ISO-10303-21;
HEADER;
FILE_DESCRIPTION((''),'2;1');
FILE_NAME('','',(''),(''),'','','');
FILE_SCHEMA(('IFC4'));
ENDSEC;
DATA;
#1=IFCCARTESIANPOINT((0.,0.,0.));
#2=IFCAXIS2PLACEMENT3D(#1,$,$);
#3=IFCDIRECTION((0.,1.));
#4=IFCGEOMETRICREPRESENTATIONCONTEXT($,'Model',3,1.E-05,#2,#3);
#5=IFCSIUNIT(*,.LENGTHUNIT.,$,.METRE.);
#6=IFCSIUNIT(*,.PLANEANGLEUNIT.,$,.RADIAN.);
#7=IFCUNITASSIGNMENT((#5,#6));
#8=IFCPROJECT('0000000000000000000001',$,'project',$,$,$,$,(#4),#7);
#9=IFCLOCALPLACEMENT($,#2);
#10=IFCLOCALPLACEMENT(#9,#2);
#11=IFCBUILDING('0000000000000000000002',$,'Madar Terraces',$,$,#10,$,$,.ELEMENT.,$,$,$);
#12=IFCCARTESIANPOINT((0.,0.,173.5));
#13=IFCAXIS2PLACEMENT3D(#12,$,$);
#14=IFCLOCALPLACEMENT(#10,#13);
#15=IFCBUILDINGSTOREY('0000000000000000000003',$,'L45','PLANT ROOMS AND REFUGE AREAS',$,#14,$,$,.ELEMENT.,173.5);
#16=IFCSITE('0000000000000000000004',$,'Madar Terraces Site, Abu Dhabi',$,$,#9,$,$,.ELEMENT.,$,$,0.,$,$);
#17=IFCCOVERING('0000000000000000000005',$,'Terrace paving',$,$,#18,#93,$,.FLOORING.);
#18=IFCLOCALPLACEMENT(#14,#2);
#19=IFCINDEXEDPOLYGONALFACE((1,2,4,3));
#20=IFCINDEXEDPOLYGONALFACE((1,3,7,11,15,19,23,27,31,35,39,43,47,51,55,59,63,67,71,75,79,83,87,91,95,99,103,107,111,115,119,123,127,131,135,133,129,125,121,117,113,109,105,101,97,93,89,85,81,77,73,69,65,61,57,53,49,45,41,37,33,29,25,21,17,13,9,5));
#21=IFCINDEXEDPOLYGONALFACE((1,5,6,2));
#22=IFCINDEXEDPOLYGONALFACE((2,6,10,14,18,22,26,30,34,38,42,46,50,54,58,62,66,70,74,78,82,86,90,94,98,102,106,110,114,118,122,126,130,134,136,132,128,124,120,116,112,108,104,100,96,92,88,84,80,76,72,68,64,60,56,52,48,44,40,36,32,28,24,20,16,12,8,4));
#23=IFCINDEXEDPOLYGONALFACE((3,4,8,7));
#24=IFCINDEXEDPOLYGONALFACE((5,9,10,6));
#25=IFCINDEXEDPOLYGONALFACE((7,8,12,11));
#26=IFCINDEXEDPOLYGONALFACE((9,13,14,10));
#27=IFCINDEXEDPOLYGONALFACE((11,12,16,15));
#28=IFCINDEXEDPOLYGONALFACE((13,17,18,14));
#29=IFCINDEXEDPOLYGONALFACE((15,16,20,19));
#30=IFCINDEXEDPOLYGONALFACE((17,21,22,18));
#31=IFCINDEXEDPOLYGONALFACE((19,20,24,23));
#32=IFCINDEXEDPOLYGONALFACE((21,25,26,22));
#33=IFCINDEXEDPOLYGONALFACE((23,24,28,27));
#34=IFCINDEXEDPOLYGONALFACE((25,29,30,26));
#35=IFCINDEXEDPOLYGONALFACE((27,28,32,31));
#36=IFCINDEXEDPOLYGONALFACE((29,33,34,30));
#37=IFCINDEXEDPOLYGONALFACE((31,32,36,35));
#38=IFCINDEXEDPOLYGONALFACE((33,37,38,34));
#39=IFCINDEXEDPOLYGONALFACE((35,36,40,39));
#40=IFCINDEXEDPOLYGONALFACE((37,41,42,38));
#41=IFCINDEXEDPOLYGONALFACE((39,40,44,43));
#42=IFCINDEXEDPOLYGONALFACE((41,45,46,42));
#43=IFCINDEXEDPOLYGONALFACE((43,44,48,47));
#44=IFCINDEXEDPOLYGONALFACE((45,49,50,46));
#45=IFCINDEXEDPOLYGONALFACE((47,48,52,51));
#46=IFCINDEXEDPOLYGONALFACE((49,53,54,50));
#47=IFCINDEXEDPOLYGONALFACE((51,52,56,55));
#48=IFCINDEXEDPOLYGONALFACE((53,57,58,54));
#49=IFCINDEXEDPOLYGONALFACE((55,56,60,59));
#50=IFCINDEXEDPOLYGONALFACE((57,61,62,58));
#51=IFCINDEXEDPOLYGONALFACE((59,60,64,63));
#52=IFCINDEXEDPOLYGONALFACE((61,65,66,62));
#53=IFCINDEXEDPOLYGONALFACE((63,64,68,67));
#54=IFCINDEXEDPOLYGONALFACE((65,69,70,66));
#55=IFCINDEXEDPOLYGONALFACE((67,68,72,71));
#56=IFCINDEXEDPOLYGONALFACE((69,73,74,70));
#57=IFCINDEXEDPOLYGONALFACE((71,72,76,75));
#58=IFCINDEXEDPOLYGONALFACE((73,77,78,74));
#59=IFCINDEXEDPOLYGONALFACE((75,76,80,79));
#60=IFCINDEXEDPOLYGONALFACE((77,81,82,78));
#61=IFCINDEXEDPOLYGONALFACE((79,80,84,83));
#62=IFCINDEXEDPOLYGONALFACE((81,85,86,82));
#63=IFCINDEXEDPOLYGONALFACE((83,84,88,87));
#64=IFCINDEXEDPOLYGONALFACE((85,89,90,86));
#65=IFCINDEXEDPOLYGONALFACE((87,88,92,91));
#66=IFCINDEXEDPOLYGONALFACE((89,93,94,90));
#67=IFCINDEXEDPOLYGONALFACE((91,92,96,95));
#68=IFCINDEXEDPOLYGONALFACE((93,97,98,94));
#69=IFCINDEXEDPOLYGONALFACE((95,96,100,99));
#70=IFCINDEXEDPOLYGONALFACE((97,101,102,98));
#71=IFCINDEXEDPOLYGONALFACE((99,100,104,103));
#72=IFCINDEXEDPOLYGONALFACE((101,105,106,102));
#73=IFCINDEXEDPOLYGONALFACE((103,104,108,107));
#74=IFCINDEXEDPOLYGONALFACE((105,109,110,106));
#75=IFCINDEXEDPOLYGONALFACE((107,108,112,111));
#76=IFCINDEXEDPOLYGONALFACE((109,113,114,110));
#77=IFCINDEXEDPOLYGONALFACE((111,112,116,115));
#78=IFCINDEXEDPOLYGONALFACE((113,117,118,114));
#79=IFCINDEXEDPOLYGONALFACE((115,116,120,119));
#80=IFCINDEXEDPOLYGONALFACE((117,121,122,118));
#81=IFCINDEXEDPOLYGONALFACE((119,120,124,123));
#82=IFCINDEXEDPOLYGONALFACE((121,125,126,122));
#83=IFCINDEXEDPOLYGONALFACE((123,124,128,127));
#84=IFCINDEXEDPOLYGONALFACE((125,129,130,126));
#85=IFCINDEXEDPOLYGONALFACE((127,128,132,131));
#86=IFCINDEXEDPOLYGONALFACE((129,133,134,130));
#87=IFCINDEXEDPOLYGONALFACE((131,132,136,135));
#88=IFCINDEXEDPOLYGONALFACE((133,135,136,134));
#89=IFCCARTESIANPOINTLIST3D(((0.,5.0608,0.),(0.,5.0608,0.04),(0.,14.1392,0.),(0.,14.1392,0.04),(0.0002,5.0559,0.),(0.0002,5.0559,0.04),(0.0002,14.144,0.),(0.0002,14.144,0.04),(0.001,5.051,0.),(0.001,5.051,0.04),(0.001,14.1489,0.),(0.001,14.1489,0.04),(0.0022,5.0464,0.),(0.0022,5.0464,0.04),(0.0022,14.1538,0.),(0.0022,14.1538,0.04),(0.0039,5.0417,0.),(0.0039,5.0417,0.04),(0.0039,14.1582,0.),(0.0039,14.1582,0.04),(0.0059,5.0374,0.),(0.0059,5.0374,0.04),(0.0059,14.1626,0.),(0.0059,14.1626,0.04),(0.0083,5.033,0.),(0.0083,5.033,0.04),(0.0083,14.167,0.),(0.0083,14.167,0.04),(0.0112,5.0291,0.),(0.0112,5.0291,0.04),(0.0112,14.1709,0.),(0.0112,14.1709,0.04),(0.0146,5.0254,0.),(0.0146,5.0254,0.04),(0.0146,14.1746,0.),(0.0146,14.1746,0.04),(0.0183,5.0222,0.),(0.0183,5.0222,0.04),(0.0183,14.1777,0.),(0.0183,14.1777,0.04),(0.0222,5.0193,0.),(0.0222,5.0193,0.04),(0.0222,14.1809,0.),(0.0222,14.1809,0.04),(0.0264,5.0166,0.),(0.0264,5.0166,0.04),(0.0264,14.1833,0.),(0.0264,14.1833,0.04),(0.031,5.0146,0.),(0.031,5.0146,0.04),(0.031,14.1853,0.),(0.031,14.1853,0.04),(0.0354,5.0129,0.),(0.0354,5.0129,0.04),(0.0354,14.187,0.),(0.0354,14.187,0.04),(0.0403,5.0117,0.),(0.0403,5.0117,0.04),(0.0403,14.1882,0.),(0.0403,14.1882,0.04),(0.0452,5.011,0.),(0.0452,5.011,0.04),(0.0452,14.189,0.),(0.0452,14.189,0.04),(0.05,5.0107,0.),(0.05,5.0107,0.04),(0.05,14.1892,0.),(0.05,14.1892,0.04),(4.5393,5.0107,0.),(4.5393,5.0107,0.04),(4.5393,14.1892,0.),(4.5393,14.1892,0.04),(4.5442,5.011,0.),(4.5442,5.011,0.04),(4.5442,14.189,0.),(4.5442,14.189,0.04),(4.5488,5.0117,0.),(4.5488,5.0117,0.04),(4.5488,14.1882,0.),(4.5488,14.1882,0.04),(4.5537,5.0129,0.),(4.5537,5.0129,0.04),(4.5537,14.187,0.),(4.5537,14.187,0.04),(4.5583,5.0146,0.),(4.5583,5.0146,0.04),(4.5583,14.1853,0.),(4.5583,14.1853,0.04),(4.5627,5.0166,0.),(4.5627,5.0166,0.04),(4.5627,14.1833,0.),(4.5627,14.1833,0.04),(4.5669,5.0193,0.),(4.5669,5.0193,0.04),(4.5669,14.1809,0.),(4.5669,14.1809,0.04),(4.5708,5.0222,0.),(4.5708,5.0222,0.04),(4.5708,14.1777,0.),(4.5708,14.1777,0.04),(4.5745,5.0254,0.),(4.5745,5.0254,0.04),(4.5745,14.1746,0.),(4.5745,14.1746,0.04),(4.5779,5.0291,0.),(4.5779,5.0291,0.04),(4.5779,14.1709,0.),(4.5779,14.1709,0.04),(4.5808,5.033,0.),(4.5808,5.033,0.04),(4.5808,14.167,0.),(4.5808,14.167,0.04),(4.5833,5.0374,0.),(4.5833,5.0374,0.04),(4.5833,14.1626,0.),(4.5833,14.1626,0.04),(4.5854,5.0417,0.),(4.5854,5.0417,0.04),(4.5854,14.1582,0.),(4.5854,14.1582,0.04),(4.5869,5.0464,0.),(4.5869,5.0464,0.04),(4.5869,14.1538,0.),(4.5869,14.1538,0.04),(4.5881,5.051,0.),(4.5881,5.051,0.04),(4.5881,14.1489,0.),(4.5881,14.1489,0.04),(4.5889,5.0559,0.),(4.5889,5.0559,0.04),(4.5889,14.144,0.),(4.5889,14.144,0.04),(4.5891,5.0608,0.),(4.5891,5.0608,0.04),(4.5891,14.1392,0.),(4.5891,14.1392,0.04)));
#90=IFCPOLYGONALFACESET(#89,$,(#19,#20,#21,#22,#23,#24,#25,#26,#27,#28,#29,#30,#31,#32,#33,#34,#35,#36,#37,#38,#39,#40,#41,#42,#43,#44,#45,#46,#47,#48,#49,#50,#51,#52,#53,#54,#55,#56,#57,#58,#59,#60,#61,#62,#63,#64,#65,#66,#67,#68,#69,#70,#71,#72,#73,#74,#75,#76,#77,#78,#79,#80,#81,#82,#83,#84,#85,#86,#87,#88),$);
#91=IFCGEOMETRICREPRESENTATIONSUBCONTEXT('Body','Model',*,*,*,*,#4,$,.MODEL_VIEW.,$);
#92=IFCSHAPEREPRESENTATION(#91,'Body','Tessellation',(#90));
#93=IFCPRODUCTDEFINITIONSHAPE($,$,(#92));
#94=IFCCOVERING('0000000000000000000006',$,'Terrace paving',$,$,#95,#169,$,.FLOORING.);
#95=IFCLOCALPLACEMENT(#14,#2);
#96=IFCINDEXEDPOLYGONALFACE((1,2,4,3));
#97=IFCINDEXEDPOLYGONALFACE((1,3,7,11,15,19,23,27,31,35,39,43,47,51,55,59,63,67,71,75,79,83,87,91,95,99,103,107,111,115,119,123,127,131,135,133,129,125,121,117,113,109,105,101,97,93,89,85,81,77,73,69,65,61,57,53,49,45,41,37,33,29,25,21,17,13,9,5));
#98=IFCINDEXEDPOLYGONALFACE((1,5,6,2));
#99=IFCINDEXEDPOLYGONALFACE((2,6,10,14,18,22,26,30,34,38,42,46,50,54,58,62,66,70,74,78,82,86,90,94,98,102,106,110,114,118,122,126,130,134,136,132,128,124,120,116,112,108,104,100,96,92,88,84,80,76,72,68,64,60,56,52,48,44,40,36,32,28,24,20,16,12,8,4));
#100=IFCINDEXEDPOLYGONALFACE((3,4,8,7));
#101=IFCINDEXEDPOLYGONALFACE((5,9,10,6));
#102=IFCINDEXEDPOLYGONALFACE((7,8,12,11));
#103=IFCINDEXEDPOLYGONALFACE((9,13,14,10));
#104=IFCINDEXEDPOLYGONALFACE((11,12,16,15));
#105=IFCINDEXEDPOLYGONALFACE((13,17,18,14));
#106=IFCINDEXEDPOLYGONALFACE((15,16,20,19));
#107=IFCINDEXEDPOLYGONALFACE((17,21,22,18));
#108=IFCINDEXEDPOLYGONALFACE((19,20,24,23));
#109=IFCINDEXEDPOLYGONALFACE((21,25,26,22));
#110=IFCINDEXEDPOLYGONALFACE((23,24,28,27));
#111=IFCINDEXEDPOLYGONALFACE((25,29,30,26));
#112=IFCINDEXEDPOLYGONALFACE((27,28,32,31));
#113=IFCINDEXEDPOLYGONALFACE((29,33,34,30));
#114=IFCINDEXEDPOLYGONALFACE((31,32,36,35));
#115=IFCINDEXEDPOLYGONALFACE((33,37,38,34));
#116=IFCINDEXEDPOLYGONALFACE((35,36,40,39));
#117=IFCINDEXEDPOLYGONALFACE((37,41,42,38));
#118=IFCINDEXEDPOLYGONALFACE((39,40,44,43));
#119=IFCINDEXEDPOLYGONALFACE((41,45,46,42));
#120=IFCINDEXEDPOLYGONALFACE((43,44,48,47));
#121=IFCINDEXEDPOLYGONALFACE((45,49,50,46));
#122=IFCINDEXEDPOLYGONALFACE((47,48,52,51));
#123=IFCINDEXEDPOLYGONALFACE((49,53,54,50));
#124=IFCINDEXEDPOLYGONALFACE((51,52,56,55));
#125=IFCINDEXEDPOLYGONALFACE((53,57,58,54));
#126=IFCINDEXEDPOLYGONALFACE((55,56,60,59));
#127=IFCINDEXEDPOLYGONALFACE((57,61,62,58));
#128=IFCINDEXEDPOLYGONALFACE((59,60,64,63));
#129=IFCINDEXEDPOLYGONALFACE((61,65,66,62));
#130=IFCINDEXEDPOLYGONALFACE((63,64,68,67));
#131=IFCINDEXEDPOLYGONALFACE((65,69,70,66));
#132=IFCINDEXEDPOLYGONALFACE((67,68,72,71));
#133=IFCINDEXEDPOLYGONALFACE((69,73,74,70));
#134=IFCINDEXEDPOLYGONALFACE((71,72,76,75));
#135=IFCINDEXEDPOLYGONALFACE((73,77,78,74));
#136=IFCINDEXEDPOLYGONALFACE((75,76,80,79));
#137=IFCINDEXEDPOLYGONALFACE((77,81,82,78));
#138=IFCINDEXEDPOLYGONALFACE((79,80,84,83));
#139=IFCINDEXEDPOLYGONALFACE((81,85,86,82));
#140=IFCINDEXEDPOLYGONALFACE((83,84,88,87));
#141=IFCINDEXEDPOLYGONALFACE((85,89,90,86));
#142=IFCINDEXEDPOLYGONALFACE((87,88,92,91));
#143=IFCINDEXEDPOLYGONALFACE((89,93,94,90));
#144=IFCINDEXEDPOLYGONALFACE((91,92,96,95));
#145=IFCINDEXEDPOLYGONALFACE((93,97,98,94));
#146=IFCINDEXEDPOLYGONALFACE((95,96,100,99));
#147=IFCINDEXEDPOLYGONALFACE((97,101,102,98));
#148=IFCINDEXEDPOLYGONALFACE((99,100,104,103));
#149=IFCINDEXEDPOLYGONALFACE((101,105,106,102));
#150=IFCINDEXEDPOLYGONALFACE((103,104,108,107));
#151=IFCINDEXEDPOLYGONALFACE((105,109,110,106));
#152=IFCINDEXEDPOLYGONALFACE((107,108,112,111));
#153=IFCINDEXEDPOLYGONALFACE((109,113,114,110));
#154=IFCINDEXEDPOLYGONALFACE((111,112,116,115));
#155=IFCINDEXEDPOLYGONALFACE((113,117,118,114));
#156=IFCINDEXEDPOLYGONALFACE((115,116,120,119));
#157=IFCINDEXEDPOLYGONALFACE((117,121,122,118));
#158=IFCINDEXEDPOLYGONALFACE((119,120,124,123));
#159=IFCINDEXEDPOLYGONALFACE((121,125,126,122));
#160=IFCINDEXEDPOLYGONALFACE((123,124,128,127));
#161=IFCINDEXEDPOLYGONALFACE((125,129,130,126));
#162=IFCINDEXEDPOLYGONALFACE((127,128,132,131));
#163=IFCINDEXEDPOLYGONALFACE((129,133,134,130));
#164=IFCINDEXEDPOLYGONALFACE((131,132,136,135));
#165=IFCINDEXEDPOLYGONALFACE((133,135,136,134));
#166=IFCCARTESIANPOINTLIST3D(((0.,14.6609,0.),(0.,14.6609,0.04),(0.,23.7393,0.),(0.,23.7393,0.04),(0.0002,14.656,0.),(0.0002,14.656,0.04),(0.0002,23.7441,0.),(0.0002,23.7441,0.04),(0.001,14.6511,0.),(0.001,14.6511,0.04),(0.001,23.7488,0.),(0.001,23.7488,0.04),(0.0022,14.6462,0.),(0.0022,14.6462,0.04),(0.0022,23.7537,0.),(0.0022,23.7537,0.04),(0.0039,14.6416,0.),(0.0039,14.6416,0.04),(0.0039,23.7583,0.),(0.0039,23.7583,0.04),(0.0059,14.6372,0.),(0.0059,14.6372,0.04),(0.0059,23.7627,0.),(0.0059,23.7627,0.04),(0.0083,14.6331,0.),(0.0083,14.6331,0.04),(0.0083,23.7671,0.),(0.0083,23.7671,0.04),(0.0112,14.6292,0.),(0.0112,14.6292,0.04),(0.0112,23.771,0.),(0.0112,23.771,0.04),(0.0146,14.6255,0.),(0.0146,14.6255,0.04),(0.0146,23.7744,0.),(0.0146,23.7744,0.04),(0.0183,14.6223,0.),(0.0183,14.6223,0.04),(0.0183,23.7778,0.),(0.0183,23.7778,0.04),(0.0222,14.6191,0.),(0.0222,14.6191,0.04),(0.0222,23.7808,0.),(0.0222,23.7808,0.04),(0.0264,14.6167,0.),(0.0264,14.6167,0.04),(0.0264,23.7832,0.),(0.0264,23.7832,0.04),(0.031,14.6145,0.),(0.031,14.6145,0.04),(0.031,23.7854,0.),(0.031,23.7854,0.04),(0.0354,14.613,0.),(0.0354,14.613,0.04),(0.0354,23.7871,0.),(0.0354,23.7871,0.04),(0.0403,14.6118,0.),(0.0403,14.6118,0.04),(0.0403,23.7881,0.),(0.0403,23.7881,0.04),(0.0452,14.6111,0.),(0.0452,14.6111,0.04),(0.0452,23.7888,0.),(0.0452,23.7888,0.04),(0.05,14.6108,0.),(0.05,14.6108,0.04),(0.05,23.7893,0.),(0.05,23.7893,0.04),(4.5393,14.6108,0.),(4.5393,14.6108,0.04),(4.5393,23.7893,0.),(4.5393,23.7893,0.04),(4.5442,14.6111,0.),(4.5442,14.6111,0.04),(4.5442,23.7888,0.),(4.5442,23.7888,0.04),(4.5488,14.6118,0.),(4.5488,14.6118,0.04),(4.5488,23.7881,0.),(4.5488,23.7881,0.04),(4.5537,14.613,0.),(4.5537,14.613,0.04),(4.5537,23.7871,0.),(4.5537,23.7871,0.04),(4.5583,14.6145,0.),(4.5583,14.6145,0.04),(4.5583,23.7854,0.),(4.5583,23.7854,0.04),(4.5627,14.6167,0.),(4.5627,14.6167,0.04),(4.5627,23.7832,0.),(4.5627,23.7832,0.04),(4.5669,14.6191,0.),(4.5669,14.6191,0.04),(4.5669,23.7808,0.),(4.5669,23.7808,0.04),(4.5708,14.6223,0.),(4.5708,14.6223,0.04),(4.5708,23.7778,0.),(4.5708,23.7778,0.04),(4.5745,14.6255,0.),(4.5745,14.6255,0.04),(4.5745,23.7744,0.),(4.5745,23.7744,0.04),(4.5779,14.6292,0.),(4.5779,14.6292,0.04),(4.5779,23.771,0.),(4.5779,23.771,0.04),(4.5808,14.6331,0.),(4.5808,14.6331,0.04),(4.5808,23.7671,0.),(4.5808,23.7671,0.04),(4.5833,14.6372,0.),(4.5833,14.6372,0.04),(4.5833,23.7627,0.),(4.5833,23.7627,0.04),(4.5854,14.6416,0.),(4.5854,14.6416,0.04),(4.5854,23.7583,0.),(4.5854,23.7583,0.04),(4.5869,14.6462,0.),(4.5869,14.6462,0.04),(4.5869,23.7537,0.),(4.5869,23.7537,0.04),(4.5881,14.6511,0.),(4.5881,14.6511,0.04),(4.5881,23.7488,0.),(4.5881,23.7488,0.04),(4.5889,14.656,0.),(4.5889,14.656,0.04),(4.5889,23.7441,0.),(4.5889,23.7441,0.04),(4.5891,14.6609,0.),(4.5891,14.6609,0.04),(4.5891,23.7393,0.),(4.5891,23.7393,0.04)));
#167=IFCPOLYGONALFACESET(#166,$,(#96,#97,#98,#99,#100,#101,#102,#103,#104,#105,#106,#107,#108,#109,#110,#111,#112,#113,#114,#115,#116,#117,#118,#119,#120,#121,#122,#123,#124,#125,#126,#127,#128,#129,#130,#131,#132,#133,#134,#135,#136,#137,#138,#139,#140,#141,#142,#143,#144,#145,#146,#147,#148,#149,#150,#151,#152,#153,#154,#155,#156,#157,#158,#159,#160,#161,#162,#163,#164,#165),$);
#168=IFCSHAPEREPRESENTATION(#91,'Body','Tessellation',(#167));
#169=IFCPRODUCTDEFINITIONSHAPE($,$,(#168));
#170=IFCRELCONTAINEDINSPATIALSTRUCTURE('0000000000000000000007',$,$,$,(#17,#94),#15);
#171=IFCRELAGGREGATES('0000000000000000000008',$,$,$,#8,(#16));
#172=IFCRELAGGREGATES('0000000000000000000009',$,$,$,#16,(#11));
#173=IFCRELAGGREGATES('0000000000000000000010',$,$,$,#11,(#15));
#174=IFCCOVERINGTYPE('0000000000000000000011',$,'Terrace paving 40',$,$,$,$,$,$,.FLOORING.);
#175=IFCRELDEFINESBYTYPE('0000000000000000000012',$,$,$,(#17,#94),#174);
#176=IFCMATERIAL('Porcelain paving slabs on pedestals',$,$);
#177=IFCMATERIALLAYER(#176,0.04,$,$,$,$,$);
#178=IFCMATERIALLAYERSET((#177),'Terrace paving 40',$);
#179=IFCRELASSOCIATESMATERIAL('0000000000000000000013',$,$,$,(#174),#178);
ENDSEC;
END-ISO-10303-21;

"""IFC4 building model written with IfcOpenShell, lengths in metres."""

from ifc_helpers import new_model, si_unit, direction, frame, origin, place, context, subcontext, project, spatial, polyline, outline, extrude, material, layer, layer_set, type_object, element, save


model = new_model("IFC4")

# Units and contexts
model_context = context("Model", 3, precision=1e-05, world=origin(), true_north=direction((0.0, 1.0)))
body_context = subcontext(model_context, "Body", "Model", "MODEL_VIEW")
ifc_project = project(units=[si_unit("LENGTHUNIT", "METRE"), si_unit("PLANEANGLEUNIT", "RADIAN")], contexts=[model_context])

# Site, building, storey
site_placement = place(None, origin())
site = spatial("IfcSite", under=ifc_project, at=site_placement, Name="Madar Terraces Site, Abu Dhabi", CompositionType="ELEMENT", RefElevation=0.0)
building_placement = place(site_placement, origin())
building = spatial("IfcBuilding", under=site, at=building_placement, Name="Madar Terraces", CompositionType="ELEMENT")
storey_placement = place(building_placement, frame((0.0, 0.0, 173.5)))
storey = spatial("IfcBuildingStorey", under=building, at=storey_placement, Name="L45", Description="PLANT ROOMS AND REFUGE AREAS", CompositionType="ELEMENT", Elevation=173.5)

# Coverings
ifc_material_1 = material(Name="Porcelain paving slabs on pedestals")
ifc_layer_1 = layer(ifc_material_1, 0.04)
ifc_layer_set_1 = layer_set([ifc_layer_1], Name="Terrace paving 40")
covering_type = type_object("IfcCoveringType", Name="Terrace paving 40", PredefinedType="FLOORING", material=ifc_layer_set_1)
covering_1_placement = place(storey_placement, origin())
element("IfcCovering", 1, at=covering_1_placement, inside=storey, type_object=covering_type, Name="Terrace paving", PredefinedType="FLOORING", context=body_context, shape_type="SweptSolid", body=[
    extrude(outline(polyline([(0.0022, 14.1538), (0.0039, 14.1582), (0.0059, 14.1626), (0.0083, 14.167), (0.0112, 14.1709), (0.0146, 14.1746), (0.0183, 14.1777), (0.0222, 14.1809), (0.0264, 14.1833), (0.031, 14.1853), (0.0354, 14.187), (0.0403, 14.1882), (0.0452, 14.189), (0.05, 14.1892), (4.5393, 14.1892), (4.5442, 14.189), (4.5488, 14.1882), (4.5537, 14.187), (4.5583, 14.1853), (4.5627, 14.1833), (4.5669, 14.1809), (4.5708, 14.1777), (4.5745, 14.1746), (4.5779, 14.1709), (4.5808, 14.167), (4.5833, 14.1626), (4.5854, 14.1582), (4.5869, 14.1538), (4.5881, 14.1489), (4.5889, 14.144), (4.5891, 14.1392), (4.5891, 5.0608), (4.5889, 5.0559), (4.5881, 5.051), (4.5869, 5.0464), (4.5854, 5.0417), (4.5833, 5.0374), (4.5808, 5.033), (4.5779, 5.0291), (4.5745, 5.0254), (4.5708, 5.0222), (4.5669, 5.0193), (4.5627, 5.0166), (4.5583, 5.0146), (4.5537, 5.0129), (4.5488, 5.0117), (4.5442, 5.011), (4.5393, 5.0107), (0.05, 5.0107), (0.0452, 5.011), (0.0403, 5.0117), (0.0354, 5.0129), (0.031, 5.0146), (0.0264, 5.0166), (0.0222, 5.0193), (0.0183, 5.0222), (0.0146, 5.0254), (0.0112, 5.0291), (0.0083, 5.033), (0.0059, 5.0374), (0.0039, 5.0417), (0.0022, 5.0464), (0.001, 5.051), (0.0002, 5.0559), (0.0, 5.0608), (0.0, 14.1392), (0.0002, 14.144), (0.001, 14.1489), (0.0022, 14.1538)])), origin(), (0.0, 0.0, 1.0), 0.04),
])
covering_2_placement = place(storey_placement, origin())
element("IfcCovering", 2, at=covering_2_placement, inside=storey, type_object=covering_type, Name="Terrace paving", PredefinedType="FLOORING", context=body_context, shape_type="SweptSolid", body=[
    extrude(outline(polyline([(0.0022, 23.7537), (0.0039, 23.7583), (0.0059, 23.7627), (0.0083, 23.7671), (0.0112, 23.771), (0.0146, 23.7744), (0.0183, 23.7778), (0.0222, 23.7808), (0.0264, 23.7832), (0.031, 23.7854), (0.0354, 23.7871), (0.0403, 23.7881), (0.0452, 23.7888), (0.05, 23.7893), (4.5393, 23.7893), (4.5442, 23.7888), (4.5488, 23.7881), (4.5537, 23.7871), (4.5583, 23.7854), (4.5627, 23.7832), (4.5669, 23.7808), (4.5708, 23.7778), (4.5745, 23.7744), (4.5779, 23.771), (4.5808, 23.7671), (4.5833, 23.7627), (4.5854, 23.7583), (4.5869, 23.7537), (4.5881, 23.7488), (4.5889, 23.7441), (4.5891, 23.7393), (4.5891, 14.6609), (4.5889, 14.656), (4.5881, 14.6511), (4.5869, 14.6462), (4.5854, 14.6416), (4.5833, 14.6372), (4.5808, 14.6331), (4.5779, 14.6292), (4.5745, 14.6255), (4.5708, 14.6223), (4.5669, 14.6191), (4.5627, 14.6167), (4.5583, 14.6145), (4.5537, 14.613), (4.5488, 14.6118), (4.5442, 14.6111), (4.5393, 14.6108), (0.05, 14.6108), (0.0452, 14.6111), (0.0403, 14.6118), (0.0354, 14.613), (0.031, 14.6145), (0.0264, 14.6167), (0.0222, 14.6191), (0.0183, 14.6223), (0.0146, 14.6255), (0.0112, 14.6292), (0.0083, 14.6331), (0.0059, 14.6372), (0.0039, 14.6416), (0.0022, 14.6462), (0.001, 14.6511), (0.0002, 14.656), (0.0, 14.6609), (0.0, 23.7393), (0.0002, 23.7441), (0.001, 23.7488), (0.0022, 23.7537)])), origin(), (0.0, 0.0, 1.0), 0.04),
])

save(model, "model.ifc")
